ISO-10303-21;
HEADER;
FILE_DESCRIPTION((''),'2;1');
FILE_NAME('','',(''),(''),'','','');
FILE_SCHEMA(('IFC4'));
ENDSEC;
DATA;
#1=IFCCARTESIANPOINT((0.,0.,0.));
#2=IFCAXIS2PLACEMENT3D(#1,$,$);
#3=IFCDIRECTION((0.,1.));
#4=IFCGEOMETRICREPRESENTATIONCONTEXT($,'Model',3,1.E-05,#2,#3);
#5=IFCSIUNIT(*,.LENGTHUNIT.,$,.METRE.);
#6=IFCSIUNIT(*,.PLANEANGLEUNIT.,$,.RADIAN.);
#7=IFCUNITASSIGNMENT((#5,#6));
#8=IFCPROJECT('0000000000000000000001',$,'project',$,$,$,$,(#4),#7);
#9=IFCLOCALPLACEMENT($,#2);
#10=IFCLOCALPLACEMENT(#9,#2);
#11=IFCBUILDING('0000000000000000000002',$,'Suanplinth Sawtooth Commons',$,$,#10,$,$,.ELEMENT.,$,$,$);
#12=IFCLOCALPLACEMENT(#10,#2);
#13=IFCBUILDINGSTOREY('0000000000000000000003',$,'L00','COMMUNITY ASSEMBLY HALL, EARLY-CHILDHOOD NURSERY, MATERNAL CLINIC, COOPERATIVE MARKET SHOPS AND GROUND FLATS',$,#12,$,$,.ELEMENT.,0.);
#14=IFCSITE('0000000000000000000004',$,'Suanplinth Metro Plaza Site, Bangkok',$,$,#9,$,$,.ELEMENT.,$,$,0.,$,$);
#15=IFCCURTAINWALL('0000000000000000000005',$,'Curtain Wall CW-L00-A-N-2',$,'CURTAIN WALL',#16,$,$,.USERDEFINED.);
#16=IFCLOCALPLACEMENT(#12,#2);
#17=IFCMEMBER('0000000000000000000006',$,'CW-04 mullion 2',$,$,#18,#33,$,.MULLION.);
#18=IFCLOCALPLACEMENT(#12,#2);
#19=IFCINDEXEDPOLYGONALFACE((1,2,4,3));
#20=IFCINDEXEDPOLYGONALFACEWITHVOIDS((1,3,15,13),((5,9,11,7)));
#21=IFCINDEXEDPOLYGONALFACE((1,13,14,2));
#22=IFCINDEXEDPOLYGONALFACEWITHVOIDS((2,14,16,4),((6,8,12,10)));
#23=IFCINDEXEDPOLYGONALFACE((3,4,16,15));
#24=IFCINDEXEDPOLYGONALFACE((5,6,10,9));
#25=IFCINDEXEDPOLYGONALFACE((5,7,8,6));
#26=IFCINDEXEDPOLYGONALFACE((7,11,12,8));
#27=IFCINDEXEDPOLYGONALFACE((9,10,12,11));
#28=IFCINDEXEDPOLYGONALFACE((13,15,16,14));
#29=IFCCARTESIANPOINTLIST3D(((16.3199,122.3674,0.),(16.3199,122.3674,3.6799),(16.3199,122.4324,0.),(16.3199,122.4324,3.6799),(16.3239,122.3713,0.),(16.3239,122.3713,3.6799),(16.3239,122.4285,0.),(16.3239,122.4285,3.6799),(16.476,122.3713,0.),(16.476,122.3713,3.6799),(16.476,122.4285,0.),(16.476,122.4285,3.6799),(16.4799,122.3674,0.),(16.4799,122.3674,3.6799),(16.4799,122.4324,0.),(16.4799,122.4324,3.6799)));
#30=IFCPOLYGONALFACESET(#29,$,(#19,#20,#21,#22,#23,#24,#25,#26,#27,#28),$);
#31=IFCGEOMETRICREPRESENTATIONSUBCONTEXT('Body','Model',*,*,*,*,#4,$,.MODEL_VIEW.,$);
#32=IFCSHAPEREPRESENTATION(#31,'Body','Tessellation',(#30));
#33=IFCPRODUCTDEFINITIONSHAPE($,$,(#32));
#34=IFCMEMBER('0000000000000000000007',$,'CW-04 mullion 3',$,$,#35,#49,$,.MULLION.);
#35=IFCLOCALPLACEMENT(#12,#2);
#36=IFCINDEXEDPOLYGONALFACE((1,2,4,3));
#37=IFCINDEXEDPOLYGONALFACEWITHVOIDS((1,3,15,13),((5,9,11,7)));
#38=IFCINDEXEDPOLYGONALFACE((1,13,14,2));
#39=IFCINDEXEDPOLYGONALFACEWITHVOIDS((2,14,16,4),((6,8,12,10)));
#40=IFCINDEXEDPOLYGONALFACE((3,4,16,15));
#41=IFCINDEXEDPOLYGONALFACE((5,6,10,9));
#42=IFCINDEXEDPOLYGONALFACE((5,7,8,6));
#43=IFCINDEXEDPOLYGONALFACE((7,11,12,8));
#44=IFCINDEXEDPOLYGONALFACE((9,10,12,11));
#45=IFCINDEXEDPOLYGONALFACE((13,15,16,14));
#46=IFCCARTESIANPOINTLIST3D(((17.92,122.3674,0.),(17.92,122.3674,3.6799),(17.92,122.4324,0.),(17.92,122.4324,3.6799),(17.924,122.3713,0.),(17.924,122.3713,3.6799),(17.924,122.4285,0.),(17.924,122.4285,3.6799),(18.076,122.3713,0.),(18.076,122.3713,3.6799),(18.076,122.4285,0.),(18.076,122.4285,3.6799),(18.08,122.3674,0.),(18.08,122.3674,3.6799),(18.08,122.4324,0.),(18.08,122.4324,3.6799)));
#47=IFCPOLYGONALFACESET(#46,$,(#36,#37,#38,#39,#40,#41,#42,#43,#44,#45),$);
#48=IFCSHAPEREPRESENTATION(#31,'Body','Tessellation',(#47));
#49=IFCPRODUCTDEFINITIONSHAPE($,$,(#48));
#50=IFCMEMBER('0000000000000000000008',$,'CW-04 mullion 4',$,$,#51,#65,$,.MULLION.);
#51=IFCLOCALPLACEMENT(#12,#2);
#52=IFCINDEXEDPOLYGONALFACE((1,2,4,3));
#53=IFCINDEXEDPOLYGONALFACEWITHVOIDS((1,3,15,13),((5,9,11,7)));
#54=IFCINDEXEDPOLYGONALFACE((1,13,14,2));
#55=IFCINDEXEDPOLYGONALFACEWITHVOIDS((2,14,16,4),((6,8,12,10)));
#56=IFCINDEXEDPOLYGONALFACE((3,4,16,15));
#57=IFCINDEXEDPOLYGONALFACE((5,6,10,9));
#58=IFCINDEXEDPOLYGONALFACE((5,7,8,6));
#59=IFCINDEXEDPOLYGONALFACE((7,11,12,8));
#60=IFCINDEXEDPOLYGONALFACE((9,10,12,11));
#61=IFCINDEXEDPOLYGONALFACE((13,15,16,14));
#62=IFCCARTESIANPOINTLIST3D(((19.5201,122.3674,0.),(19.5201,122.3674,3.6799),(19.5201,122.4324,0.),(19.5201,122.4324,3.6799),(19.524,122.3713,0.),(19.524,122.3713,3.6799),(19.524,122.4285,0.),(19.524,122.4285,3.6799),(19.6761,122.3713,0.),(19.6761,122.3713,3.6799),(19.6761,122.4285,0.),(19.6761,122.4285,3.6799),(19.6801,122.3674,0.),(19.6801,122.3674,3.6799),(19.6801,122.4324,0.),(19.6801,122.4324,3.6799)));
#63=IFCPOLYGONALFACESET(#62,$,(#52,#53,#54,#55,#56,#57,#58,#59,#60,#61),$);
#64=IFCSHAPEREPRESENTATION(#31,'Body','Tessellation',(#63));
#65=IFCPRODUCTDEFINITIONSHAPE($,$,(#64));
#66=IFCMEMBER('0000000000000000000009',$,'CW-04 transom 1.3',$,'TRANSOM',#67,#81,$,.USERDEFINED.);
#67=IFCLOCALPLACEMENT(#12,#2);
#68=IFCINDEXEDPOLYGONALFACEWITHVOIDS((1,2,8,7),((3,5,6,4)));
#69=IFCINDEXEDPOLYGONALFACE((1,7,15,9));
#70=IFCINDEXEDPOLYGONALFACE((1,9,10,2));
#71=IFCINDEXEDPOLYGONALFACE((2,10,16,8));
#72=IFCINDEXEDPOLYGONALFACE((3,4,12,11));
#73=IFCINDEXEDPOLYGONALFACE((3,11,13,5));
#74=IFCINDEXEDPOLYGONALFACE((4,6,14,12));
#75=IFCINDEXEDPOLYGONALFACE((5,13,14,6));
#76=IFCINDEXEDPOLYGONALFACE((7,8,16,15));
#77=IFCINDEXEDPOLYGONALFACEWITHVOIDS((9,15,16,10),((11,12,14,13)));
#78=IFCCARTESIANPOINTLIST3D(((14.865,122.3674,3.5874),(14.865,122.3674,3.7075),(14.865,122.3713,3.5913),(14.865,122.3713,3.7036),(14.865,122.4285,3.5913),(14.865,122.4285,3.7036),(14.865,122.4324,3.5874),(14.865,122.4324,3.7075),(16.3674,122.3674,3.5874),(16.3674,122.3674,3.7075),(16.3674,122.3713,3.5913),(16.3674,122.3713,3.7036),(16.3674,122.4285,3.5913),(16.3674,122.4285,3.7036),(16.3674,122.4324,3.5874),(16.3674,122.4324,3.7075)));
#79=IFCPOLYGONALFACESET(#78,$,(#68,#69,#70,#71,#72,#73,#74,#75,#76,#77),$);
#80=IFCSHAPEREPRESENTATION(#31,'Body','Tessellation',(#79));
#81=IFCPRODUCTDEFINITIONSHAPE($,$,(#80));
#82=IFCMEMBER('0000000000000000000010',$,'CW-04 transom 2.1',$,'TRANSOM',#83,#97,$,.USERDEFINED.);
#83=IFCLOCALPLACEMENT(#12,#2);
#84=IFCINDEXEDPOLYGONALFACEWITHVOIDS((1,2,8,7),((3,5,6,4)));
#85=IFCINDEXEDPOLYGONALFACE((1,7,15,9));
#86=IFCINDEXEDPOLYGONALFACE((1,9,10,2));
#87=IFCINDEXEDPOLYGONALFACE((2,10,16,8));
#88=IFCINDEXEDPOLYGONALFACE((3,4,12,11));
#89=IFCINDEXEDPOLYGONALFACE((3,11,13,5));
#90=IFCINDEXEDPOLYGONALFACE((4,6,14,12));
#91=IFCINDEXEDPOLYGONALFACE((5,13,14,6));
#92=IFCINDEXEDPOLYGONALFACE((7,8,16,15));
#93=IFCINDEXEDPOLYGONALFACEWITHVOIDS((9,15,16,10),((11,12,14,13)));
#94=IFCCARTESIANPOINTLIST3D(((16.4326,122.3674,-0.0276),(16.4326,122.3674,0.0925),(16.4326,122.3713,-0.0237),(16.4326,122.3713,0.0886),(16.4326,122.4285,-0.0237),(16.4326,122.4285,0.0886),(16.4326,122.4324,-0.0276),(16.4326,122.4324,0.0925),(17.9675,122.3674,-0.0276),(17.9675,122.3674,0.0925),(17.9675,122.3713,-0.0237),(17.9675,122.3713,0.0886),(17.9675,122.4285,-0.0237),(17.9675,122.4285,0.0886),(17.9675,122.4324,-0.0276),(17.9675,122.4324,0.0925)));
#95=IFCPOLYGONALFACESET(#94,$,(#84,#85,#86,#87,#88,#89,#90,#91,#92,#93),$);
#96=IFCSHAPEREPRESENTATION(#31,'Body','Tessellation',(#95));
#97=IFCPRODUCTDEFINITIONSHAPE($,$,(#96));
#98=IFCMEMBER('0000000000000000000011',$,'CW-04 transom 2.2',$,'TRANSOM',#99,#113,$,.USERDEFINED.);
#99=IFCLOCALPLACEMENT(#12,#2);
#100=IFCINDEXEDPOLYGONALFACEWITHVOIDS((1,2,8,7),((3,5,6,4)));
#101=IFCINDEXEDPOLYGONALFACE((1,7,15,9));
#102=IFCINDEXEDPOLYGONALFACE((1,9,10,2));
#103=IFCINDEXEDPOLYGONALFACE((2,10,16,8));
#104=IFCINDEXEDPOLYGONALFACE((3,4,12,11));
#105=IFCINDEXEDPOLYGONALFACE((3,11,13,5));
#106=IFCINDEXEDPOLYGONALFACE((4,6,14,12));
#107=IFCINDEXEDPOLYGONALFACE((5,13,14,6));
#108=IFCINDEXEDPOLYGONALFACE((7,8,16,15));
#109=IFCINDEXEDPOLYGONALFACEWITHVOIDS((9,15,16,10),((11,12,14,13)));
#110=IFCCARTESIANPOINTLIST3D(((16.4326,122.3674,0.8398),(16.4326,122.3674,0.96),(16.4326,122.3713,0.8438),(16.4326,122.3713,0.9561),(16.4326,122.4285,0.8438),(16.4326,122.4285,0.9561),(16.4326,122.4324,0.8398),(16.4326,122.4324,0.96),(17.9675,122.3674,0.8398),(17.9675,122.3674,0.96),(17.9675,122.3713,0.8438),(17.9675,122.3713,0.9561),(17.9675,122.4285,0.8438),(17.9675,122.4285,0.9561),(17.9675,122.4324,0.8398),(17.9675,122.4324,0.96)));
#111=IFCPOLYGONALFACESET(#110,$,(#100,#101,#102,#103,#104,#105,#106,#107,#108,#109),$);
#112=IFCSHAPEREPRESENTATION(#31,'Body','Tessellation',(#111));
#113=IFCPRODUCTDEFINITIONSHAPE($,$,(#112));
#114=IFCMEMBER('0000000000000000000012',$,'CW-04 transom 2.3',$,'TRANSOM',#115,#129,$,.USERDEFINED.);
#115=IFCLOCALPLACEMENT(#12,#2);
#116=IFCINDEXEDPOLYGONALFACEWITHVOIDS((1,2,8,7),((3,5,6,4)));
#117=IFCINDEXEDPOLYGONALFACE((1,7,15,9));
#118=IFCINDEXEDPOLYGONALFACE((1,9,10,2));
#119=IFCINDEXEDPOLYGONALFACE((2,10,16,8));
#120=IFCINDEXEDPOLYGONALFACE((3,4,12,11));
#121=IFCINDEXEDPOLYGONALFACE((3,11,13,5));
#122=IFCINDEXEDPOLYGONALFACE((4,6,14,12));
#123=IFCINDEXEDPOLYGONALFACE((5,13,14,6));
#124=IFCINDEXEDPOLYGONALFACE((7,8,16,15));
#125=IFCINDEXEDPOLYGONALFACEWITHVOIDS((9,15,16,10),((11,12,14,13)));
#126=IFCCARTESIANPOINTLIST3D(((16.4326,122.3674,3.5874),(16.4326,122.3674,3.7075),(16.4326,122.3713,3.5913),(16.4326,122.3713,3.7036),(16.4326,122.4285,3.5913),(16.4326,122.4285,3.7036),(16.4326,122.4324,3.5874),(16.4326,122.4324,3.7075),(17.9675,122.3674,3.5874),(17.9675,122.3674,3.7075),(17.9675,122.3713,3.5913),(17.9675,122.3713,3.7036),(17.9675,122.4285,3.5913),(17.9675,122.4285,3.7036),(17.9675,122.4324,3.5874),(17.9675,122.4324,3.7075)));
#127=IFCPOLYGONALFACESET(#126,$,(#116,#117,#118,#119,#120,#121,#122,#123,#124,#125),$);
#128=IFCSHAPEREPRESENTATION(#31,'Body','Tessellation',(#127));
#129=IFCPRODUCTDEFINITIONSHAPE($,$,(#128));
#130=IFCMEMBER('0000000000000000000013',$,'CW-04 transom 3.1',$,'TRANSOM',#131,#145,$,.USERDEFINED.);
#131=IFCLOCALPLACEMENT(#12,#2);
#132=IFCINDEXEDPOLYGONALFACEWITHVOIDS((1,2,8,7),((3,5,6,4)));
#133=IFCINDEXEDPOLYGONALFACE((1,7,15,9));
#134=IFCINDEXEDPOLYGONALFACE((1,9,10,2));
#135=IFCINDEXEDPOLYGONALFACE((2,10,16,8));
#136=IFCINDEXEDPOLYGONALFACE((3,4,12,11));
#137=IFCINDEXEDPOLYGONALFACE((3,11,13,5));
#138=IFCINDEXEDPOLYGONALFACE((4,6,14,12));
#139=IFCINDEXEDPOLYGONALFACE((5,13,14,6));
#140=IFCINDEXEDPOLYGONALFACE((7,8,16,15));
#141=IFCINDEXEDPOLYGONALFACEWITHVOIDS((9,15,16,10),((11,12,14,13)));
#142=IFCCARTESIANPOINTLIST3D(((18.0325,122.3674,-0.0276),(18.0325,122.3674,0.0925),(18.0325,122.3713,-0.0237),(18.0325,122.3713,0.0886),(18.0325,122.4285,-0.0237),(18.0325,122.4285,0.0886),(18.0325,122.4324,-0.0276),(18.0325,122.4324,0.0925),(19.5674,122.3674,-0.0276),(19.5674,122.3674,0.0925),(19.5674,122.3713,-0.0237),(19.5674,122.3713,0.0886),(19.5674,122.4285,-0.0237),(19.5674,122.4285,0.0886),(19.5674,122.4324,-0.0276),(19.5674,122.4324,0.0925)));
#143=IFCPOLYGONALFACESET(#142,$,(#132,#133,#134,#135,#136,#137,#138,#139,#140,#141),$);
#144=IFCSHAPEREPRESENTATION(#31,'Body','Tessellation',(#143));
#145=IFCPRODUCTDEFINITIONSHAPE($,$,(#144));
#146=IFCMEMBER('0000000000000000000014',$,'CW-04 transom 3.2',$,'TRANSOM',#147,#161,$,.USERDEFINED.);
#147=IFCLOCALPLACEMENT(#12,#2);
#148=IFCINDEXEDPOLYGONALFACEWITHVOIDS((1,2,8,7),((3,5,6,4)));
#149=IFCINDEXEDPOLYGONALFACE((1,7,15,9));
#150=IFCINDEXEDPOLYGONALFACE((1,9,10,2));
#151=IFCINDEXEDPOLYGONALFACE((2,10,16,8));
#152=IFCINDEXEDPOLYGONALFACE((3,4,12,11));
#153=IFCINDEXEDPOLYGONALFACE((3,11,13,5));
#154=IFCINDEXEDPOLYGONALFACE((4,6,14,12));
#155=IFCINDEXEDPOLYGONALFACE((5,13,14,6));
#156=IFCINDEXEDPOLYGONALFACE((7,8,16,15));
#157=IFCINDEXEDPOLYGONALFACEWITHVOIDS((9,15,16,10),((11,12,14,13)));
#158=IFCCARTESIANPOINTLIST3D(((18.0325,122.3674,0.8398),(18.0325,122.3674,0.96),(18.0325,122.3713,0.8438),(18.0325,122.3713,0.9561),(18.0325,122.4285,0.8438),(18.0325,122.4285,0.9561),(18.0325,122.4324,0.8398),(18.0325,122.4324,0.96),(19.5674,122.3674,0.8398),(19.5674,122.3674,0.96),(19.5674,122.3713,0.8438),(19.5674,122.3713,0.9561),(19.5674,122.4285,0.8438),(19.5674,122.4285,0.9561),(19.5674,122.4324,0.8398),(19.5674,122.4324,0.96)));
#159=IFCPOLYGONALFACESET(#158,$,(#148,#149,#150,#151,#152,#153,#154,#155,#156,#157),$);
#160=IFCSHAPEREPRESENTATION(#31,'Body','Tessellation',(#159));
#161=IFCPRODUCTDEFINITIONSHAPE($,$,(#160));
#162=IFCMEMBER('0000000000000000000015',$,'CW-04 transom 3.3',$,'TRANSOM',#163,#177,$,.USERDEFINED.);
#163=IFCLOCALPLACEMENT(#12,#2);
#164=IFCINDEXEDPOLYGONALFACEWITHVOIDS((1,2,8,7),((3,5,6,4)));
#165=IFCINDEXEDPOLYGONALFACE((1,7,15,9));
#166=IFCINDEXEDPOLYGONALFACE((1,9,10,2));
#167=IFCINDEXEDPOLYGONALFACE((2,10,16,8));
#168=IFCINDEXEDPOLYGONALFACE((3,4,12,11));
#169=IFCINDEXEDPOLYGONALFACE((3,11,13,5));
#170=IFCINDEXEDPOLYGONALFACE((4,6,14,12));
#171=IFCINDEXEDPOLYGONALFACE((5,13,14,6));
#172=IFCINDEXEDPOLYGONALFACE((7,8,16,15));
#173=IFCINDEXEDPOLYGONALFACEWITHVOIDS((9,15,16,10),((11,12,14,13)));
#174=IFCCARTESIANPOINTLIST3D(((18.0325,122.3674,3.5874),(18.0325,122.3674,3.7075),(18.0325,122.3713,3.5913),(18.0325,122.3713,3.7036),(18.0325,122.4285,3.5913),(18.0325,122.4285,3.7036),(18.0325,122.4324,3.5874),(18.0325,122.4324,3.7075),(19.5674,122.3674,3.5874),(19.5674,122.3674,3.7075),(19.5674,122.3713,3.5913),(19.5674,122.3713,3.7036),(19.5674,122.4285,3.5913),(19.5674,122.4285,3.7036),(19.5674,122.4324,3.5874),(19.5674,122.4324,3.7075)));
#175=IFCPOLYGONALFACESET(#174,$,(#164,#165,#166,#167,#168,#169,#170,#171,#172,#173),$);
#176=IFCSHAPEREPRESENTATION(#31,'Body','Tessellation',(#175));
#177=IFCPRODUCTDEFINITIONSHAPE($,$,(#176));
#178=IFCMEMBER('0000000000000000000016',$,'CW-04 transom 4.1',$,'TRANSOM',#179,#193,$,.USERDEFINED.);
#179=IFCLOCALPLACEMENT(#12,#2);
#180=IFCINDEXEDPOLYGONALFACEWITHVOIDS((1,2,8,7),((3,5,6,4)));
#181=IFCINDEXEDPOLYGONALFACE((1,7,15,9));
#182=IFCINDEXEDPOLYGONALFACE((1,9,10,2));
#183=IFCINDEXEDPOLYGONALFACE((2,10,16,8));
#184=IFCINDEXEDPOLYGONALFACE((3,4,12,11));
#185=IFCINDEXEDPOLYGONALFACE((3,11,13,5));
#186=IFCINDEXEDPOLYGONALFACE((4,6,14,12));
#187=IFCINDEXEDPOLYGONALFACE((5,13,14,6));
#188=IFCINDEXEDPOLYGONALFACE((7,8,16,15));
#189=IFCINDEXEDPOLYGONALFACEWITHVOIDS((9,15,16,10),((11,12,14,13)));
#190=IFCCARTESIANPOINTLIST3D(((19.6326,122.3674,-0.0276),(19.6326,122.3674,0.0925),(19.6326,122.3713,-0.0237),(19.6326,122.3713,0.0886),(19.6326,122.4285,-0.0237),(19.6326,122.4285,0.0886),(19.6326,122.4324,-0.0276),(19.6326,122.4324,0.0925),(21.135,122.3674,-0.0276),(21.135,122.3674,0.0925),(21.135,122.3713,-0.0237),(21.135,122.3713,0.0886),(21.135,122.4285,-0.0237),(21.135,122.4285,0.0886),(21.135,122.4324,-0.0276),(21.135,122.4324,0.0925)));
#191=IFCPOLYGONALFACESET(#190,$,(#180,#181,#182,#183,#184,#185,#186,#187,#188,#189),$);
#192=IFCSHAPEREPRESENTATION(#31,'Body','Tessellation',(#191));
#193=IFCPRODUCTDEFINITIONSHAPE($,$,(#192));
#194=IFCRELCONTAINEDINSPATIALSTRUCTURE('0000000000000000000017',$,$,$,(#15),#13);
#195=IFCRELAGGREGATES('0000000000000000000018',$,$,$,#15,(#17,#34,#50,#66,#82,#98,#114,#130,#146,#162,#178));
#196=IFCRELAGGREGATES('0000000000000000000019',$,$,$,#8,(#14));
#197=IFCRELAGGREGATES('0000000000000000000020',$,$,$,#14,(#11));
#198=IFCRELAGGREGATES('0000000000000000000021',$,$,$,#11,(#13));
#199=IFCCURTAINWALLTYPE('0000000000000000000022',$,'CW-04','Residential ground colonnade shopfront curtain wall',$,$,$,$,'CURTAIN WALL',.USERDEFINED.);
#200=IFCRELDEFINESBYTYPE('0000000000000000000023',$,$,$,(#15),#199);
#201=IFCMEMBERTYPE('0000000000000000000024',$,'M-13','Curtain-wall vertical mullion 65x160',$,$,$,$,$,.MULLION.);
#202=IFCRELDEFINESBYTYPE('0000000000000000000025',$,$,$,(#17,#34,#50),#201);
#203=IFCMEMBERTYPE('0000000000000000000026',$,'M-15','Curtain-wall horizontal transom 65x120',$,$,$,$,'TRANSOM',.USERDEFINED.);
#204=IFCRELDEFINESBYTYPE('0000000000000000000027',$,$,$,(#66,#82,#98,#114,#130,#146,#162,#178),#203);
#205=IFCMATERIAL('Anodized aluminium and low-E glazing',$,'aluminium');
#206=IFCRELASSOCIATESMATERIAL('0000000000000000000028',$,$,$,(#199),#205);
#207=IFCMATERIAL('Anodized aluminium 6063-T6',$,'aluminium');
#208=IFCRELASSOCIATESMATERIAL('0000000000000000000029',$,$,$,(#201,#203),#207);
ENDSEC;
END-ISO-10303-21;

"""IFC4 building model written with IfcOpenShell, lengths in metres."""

from ifc_helpers import new_model, si_unit, direction, frame, origin, origin_2d, place, context, subcontext, project, spatial, hollow_rectangle, extrude, material, material_profile, profile_set, type_object, element, aggregate, save


model = new_model("IFC4")

# Units and contexts
model_context = context("Model", 3, precision=1e-05, world=origin(), true_north=direction((0.0, 1.0)))
body_context = subcontext(model_context, "Body", "Model", "MODEL_VIEW")
ifc_project = project(units=[si_unit("LENGTHUNIT", "METRE"), si_unit("PLANEANGLEUNIT", "RADIAN")], contexts=[model_context])

# Site, building, storey
site_placement = place(None, origin())
site = spatial("IfcSite", under=ifc_project, at=site_placement, Name="Suanplinth Metro Plaza Site, Bangkok", CompositionType="ELEMENT", RefElevation=0.0)
building_placement = place(site_placement, origin())
building = spatial("IfcBuilding", under=site, at=building_placement, Name="Suanplinth Sawtooth Commons", CompositionType="ELEMENT")
storey_placement = place(building_placement, origin())
storey = spatial("IfcBuildingStorey", under=building, at=storey_placement, Name="L00", Description="COMMUNITY ASSEMBLY HALL, EARLY-CHILDHOOD NURSERY, MATERNAL CLINIC, COOPERATIVE MARKET SHOPS AND GROUND FLATS", CompositionType="ELEMENT", Elevation=0.0)

# Curtain wall, members
ifc_material_1 = material(Name="Anodized aluminium and low-E glazing", Category="aluminium")
curtain_wall_type = type_object("IfcCurtainWallType", Name="CW-04", Description="Residential ground colonnade shopfront curtain wall", ElementType="CURTAIN WALL", PredefinedType="USERDEFINED", material=ifc_material_1)
curtain_wall_placement = place(storey_placement, origin())
curtain_wall = element("IfcCurtainWall", 1, at=curtain_wall_placement, inside=storey, type_object=curtain_wall_type, Name="Curtain Wall CW-L00-A-N-2", ObjectType="CURTAIN WALL", PredefinedType="USERDEFINED")
ifc_material_2 = material(Name="Anodized aluminium 6063-T6", Category="aluminium")
ifc_material_profile_1 = material_profile(ifc_material_2, hollow_rectangle(XDim=0.0649, YDim=0.1599, WallThickness=0.0039, at=origin_2d()), Name="ALU-MUL 65x160")
ifc_profile_set_1 = profile_set([ifc_material_profile_1], Name="Anodized aluminium 6063-T6")
member_type_1 = type_object("IfcMemberType", Name="M-13", Description="Curtain-wall vertical mullion 65x160", PredefinedType="MULLION", material=ifc_profile_set_1)
member_1_placement = place(storey_placement, frame((16.3999, 122.3999, 0.0), z_axis=(0.0, 0.0, 1.0), x_axis=(0.0, 1.0, 0.0)))
member_1 = element("IfcMember", 2, at=member_1_placement, type_object=member_type_1, Name="CW-04 mullion 2", PredefinedType="MULLION", context=body_context, shape_type="SweptSolid", body=[
    extrude(hollow_rectangle(XDim=0.0649, YDim=0.1599, WallThickness=0.0039, at=origin_2d()), origin(), (0.0, 0.0, 1.0), 3.6799),
])
member_2_placement = place(storey_placement, frame((18.0, 122.3999, 0.0), z_axis=(0.0, 0.0, 1.0), x_axis=(0.0, 1.0, 0.0)))
member_2 = element("IfcMember", 3, at=member_2_placement, type_object=member_type_1, Name="CW-04 mullion 3", PredefinedType="MULLION", context=body_context, shape_type="SweptSolid", body=[
    extrude(hollow_rectangle(XDim=0.0649, YDim=0.1599, WallThickness=0.0039, at=origin_2d()), origin(), (0.0, 0.0, 1.0), 3.6799),
])
member_3_placement = place(storey_placement, frame((19.6001, 122.3999, 0.0), z_axis=(0.0, 0.0, 1.0), x_axis=(0.0, 1.0, 0.0)))
member_3 = element("IfcMember", 4, at=member_3_placement, type_object=member_type_1, Name="CW-04 mullion 4", PredefinedType="MULLION", context=body_context, shape_type="SweptSolid", body=[
    extrude(hollow_rectangle(XDim=0.0649, YDim=0.1599, WallThickness=0.0039, at=origin_2d()), origin(), (0.0, 0.0, 1.0), 3.6799),
])
ifc_material_profile_2 = material_profile(ifc_material_2, hollow_rectangle(XDim=0.0649, YDim=0.1201, WallThickness=0.0039, at=origin_2d()), Name="ALU-TRN 65x120")
ifc_profile_set_2 = profile_set([ifc_material_profile_2], Name="Anodized aluminium 6063-T6")
member_type_2 = type_object("IfcMemberType", Name="M-15", Description="Curtain-wall horizontal transom 65x120", ElementType="TRANSOM", PredefinedType="USERDEFINED", material=ifc_profile_set_2)
member_4_placement = place(storey_placement, frame((14.865, 122.3999, 3.6475), z_axis=(1.0, 0.0, 0.0), x_axis=(0.0, 1.0, 0.0)))
member_4 = element("IfcMember", 5, at=member_4_placement, type_object=member_type_2, Name="CW-04 transom 1.3", ObjectType="TRANSOM", PredefinedType="USERDEFINED", context=body_context, shape_type="SweptSolid", body=[
    extrude(hollow_rectangle(XDim=0.0649, YDim=0.1201, WallThickness=0.0039, at=origin_2d()), origin(), (0.0, 0.0, 1.0), 1.5024),
])
member_5_placement = place(storey_placement, frame((16.4326, 122.3999, 0.0325), z_axis=(1.0, 0.0, 0.0), x_axis=(0.0, 1.0, 0.0)))
member_5 = element("IfcMember", 6, at=member_5_placement, type_object=member_type_2, Name="CW-04 transom 2.1", ObjectType="TRANSOM", PredefinedType="USERDEFINED", context=body_context, shape_type="SweptSolid", body=[
    extrude(hollow_rectangle(XDim=0.0649, YDim=0.1201, WallThickness=0.0039, at=origin_2d()), origin(), (0.0, 0.0, 1.0), 1.5349),
])
member_6_placement = place(storey_placement, frame((16.4326, 122.3999, 0.8999), z_axis=(1.0, 0.0, 0.0), x_axis=(0.0, 1.0, 0.0)))
member_6 = element("IfcMember", 7, at=member_6_placement, type_object=member_type_2, Name="CW-04 transom 2.2", ObjectType="TRANSOM", PredefinedType="USERDEFINED", context=body_context, shape_type="SweptSolid", body=[
    extrude(hollow_rectangle(XDim=0.0649, YDim=0.1201, WallThickness=0.0039, at=origin_2d()), origin(), (0.0, 0.0, 1.0), 1.5349),
])
member_7_placement = place(storey_placement, frame((16.4326, 122.3999, 3.6475), z_axis=(1.0, 0.0, 0.0), x_axis=(0.0, 1.0, 0.0)))
member_7 = element("IfcMember", 8, at=member_7_placement, type_object=member_type_2, Name="CW-04 transom 2.3", ObjectType="TRANSOM", PredefinedType="USERDEFINED", context=body_context, shape_type="SweptSolid", body=[
    extrude(hollow_rectangle(XDim=0.0649, YDim=0.1201, WallThickness=0.0039, at=origin_2d()), origin(), (0.0, 0.0, 1.0), 1.5349),
])
member_8_placement = place(storey_placement, frame((18.0325, 122.3999, 0.0325), z_axis=(1.0, 0.0, 0.0), x_axis=(0.0, 1.0, 0.0)))
member_8 = element("IfcMember", 9, at=member_8_placement, type_object=member_type_2, Name="CW-04 transom 3.1", ObjectType="TRANSOM", PredefinedType="USERDEFINED", context=body_context, shape_type="SweptSolid", body=[
    extrude(hollow_rectangle(XDim=0.0649, YDim=0.1201, WallThickness=0.0039, at=origin_2d()), origin(), (0.0, 0.0, 1.0), 1.5349),
])
member_9_placement = place(storey_placement, frame((18.0325, 122.3999, 0.8999), z_axis=(1.0, 0.0, 0.0), x_axis=(0.0, 1.0, 0.0)))
member_9 = element("IfcMember", 10, at=member_9_placement, type_object=member_type_2, Name="CW-04 transom 3.2", ObjectType="TRANSOM", PredefinedType="USERDEFINED", context=body_context, shape_type="SweptSolid", body=[
    extrude(hollow_rectangle(XDim=0.0649, YDim=0.1201, WallThickness=0.0039, at=origin_2d()), origin(), (0.0, 0.0, 1.0), 1.5349),
])
member_10_placement = place(storey_placement, frame((18.0325, 122.3999, 3.6475), z_axis=(1.0, 0.0, 0.0), x_axis=(0.0, 1.0, 0.0)))
member_10 = element("IfcMember", 11, at=member_10_placement, type_object=member_type_2, Name="CW-04 transom 3.3", ObjectType="TRANSOM", PredefinedType="USERDEFINED", context=body_context, shape_type="SweptSolid", body=[
    extrude(hollow_rectangle(XDim=0.0649, YDim=0.1201, WallThickness=0.0039, at=origin_2d()), origin(), (0.0, 0.0, 1.0), 1.5349),
])
member_11_placement = place(storey_placement, frame((19.6326, 122.3999, 0.0325), z_axis=(1.0, 0.0, 0.0), x_axis=(0.0, 1.0, 0.0)))
member_11 = element("IfcMember", 12, at=member_11_placement, type_object=member_type_2, Name="CW-04 transom 4.1", ObjectType="TRANSOM", PredefinedType="USERDEFINED", context=body_context, shape_type="SweptSolid", body=[
    extrude(hollow_rectangle(XDim=0.0649, YDim=0.1201, WallThickness=0.0039, at=origin_2d()), origin(), (0.0, 0.0, 1.0), 1.5024),
])
aggregate(curtain_wall, [member_1, member_2, member_3, member_4, member_5, member_6, member_7, member_8, member_9, member_10, member_11])

save(model, "model.ifc")
